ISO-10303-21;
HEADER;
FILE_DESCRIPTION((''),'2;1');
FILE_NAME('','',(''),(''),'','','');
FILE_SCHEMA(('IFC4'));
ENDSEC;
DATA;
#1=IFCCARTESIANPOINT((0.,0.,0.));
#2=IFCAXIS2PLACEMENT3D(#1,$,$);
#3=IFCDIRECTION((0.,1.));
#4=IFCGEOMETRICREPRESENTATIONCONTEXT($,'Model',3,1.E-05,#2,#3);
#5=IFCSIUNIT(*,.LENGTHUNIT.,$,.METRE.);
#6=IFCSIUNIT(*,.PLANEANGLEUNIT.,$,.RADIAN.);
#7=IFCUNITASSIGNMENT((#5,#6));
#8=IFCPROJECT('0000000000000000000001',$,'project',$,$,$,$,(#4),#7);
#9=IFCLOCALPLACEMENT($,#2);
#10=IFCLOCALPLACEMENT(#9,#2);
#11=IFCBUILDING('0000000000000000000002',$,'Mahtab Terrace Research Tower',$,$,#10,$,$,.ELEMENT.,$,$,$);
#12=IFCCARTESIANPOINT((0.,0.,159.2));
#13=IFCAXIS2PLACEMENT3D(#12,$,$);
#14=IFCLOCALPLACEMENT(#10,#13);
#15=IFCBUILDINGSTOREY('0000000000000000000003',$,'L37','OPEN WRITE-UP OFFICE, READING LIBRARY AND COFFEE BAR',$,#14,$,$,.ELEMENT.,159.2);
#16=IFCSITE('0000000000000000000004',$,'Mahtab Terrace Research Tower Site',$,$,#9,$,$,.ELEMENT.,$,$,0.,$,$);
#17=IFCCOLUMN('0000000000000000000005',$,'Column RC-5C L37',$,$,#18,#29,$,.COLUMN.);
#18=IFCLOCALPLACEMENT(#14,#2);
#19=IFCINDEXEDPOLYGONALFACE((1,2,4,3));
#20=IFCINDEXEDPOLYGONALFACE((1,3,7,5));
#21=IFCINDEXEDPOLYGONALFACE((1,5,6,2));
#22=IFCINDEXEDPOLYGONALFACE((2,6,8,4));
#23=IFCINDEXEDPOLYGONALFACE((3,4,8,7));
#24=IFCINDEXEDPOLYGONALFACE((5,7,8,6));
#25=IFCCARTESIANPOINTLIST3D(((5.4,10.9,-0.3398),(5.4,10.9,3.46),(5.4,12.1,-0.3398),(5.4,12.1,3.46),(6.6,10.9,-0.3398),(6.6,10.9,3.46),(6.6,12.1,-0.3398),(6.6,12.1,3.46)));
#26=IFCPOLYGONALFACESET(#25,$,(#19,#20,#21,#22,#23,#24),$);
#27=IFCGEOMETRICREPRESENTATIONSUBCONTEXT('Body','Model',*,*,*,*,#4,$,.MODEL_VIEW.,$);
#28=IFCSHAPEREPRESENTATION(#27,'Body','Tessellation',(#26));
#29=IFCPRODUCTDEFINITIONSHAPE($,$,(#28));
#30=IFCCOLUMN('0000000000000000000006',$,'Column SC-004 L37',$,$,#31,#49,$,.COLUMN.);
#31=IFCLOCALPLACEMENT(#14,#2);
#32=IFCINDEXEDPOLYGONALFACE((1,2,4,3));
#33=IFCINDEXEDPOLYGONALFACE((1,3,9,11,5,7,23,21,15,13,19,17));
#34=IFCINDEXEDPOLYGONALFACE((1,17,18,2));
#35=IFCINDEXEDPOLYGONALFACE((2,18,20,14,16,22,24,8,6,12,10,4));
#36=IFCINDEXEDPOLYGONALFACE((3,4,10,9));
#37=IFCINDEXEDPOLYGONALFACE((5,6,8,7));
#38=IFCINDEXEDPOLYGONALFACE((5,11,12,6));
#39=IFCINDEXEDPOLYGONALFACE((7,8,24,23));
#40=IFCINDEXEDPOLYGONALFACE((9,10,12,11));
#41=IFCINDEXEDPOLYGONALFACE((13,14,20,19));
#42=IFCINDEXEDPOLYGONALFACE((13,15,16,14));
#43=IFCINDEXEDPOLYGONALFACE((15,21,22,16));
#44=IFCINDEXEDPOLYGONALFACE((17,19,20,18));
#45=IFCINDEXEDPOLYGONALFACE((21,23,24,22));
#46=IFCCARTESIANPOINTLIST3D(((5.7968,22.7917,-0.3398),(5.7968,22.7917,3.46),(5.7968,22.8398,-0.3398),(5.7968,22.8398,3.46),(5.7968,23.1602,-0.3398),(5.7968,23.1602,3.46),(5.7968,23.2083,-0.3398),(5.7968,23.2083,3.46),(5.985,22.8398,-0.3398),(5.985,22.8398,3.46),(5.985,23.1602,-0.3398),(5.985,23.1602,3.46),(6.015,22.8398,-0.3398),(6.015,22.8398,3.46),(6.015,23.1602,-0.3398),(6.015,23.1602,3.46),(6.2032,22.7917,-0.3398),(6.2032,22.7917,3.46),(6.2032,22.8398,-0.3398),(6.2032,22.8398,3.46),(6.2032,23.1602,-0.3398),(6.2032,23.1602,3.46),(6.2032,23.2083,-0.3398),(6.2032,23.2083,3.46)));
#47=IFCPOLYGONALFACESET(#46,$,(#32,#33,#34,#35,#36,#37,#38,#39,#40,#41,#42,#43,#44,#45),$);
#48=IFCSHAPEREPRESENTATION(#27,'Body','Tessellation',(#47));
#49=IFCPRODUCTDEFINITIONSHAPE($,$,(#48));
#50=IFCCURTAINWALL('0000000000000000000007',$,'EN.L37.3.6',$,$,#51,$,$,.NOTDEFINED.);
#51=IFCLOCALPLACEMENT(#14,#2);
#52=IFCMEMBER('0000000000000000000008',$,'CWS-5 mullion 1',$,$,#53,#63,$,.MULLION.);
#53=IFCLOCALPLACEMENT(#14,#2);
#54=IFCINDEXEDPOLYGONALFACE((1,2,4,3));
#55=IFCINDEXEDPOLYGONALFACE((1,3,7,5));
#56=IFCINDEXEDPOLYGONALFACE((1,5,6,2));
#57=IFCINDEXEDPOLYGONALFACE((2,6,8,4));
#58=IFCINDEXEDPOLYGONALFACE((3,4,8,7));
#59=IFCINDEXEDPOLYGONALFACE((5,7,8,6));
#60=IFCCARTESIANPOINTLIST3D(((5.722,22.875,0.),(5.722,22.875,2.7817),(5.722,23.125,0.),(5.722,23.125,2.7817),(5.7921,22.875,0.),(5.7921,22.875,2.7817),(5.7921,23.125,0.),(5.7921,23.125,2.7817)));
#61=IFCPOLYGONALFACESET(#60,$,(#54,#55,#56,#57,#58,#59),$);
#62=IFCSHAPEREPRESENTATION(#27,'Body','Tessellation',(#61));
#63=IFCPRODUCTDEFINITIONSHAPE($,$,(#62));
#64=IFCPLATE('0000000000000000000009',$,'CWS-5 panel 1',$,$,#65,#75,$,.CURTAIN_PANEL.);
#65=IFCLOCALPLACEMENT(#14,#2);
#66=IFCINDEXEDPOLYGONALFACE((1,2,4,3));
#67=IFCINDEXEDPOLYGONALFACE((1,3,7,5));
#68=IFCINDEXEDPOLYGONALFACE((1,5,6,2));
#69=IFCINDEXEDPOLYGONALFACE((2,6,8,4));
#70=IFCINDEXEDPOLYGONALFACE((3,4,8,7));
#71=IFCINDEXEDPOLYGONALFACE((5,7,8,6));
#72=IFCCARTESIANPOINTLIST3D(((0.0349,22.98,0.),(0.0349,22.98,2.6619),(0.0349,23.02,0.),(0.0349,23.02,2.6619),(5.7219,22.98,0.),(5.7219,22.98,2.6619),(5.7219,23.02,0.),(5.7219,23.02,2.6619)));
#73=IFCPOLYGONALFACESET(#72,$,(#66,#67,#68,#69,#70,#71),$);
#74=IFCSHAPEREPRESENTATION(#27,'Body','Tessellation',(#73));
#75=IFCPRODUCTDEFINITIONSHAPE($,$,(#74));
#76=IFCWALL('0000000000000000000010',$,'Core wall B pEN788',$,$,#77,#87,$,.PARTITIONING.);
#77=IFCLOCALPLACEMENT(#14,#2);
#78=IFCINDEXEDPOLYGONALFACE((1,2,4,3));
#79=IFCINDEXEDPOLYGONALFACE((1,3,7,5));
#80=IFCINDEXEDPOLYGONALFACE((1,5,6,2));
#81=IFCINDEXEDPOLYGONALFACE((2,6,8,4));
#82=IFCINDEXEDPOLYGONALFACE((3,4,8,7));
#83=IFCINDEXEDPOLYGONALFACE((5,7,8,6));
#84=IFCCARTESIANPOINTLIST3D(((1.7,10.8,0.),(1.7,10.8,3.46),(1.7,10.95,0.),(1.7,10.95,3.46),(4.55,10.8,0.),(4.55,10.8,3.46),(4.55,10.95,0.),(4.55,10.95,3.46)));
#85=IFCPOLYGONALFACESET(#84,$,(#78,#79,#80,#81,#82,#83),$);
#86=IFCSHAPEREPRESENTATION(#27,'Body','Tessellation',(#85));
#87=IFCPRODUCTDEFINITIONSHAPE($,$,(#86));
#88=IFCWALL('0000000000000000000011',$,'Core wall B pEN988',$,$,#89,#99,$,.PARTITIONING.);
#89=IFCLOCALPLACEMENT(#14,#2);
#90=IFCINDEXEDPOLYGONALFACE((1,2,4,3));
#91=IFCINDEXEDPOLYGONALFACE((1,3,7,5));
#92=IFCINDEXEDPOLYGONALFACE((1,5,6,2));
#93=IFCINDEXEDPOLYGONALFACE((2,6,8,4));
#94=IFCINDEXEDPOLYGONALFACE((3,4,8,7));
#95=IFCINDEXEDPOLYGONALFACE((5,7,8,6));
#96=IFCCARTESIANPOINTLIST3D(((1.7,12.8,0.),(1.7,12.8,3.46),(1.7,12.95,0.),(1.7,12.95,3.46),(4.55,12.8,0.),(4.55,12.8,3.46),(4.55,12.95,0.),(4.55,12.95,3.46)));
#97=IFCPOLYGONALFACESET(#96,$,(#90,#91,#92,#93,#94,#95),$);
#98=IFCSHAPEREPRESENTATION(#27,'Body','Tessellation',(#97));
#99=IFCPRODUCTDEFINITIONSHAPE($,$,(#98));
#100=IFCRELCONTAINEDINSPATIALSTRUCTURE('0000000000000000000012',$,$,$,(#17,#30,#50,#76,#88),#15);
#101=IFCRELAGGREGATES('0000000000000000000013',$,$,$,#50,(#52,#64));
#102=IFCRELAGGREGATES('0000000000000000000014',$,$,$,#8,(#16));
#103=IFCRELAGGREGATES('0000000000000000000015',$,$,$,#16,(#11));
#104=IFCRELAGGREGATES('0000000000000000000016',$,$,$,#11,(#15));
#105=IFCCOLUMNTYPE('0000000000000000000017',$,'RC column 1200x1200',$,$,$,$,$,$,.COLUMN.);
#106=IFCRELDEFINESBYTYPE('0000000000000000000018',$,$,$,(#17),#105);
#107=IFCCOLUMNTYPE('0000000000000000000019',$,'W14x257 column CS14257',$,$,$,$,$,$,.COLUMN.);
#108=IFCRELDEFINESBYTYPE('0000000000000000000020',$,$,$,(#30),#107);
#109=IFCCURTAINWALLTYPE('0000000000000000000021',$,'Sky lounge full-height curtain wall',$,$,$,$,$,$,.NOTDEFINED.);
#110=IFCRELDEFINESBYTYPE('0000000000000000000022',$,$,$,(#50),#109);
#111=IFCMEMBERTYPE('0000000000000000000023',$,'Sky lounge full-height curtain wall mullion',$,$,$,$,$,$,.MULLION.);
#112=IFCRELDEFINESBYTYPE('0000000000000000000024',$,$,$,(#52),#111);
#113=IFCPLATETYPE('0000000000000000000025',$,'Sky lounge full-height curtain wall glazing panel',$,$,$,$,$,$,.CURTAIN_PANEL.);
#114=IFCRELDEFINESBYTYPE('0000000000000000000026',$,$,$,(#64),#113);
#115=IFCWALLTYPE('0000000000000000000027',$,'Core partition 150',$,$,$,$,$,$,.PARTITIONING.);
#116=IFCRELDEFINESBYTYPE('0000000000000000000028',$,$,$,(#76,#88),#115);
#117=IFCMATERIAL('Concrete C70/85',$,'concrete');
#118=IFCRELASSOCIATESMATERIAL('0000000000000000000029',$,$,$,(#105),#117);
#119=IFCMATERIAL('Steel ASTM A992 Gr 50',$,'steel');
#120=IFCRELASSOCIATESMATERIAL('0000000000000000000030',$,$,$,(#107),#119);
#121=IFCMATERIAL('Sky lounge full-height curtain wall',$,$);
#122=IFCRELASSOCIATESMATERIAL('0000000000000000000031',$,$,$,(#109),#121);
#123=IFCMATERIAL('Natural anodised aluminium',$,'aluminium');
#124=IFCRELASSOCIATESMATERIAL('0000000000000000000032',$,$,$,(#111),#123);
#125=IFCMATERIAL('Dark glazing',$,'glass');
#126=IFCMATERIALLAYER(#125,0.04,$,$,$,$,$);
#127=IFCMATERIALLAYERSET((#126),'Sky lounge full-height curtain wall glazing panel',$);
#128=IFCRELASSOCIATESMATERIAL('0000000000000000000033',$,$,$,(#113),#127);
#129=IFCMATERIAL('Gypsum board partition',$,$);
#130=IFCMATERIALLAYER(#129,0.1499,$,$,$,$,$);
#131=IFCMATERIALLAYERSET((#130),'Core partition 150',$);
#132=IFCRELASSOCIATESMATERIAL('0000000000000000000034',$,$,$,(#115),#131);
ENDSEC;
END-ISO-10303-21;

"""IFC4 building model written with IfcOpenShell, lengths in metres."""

from ifc_helpers import new_model, si_unit, direction, frame, frame_2d, origin, origin_2d, place, context, subcontext, project, spatial, rectangle, i_section, extrude, material, layer, layer_set, material_profile, profile_set, type_object, element, aggregate, save


model = new_model("IFC4")

# Units and contexts
model_context = context("Model", 3, precision=1e-05, world=origin(), true_north=direction((0.0, 1.0)))
body_context = subcontext(model_context, "Body", "Model", "MODEL_VIEW")
ifc_project = project(units=[si_unit("LENGTHUNIT", "METRE"), si_unit("PLANEANGLEUNIT", "RADIAN")], contexts=[model_context])

# Site, building, storey
site_placement = place(None, origin())
site = spatial("IfcSite", under=ifc_project, at=site_placement, Name="Mahtab Terrace Research Tower Site", CompositionType="ELEMENT", RefElevation=0.0)
building_placement = place(site_placement, origin())
building = spatial("IfcBuilding", under=site, at=building_placement, Name="Mahtab Terrace Research Tower", CompositionType="ELEMENT")
storey_placement = place(building_placement, frame((0.0, 0.0, 159.2)))
storey = spatial("IfcBuildingStorey", under=building, at=storey_placement, Name="L37", Description="OPEN WRITE-UP OFFICE, READING LIBRARY AND COFFEE BAR", CompositionType="ELEMENT", Elevation=159.2)

# Columns
ifc_material_1 = material(Name="Concrete C70/85", Category="concrete")
ifc_material_profile_1 = material_profile(ifc_material_1, rectangle(XDim=1.2, YDim=1.2, at=origin_2d()), Name="RC column 1200x1200")
ifc_profile_set_1 = profile_set([ifc_material_profile_1], Name="Concrete C70/85")
column_type_1 = type_object("IfcColumnType", Name="RC column 1200x1200", PredefinedType="COLUMN", material=ifc_profile_set_1)
column_1_placement = place(storey_placement, frame((6.0, 11.5, -0.3398), z_axis=(0.0, 0.0, 1.0), x_axis=(1.0, 0.0, 0.0)))
element("IfcColumn", 1, at=column_1_placement, inside=storey, type_object=column_type_1, Name="Column RC-5C L37", PredefinedType="COLUMN", context=body_context, shape_type="SweptSolid", body=[
    extrude(rectangle(XDim=1.2, YDim=1.2, at=origin_2d()), origin(), (0.0, 0.0, 1.0), 3.7998),
])
ifc_material_2 = material(Name="Steel ASTM A992 Gr 50", Category="steel")
ifc_material_profile_2 = material_profile(ifc_material_2, i_section(OverallWidth=0.4065, OverallDepth=0.4165, WebThickness=0.03, FlangeThickness=0.0481, at=origin_2d()), Name="W14X257")
ifc_profile_set_2 = profile_set([ifc_material_profile_2], Name="Steel ASTM A992 Gr 50")
column_type_2 = type_object("IfcColumnType", Name="W14x257 column CS14257", PredefinedType="COLUMN", material=ifc_profile_set_2)
column_2_placement = place(storey_placement, frame((6.0, 23.0, -0.3398), z_axis=(0.0, 0.0, 1.0), x_axis=(1.0, 0.0, 0.0)))
element("IfcColumn", 2, at=column_2_placement, inside=storey, type_object=column_type_2, Name="Column SC-004 L37", PredefinedType="COLUMN", context=body_context, shape_type="SweptSolid", body=[
    extrude(i_section(OverallWidth=0.4065, OverallDepth=0.4165, WebThickness=0.03, FlangeThickness=0.0481, at=origin_2d()), origin(), (0.0, 0.0, 1.0), 3.7998),
])

# Curtain wall, member, plate
ifc_material_3 = material(Name="Sky lounge full-height curtain wall")
curtain_wall_type = type_object("IfcCurtainWallType", Name="Sky lounge full-height curtain wall", PredefinedType="NOTDEFINED", material=ifc_material_3)
curtain_wall_placement = place(storey_placement, origin())
curtain_wall = element("IfcCurtainWall", 3, at=curtain_wall_placement, inside=storey, type_object=curtain_wall_type, Name="EN.L37.3.6", PredefinedType="NOTDEFINED")
ifc_material_4 = material(Name="Natural anodised aluminium", Category="aluminium")
ifc_material_profile_3 = material_profile(ifc_material_4, rectangle(XDim=0.25, YDim=0.0701, at=origin_2d()), Name="MULLION 70x250")
ifc_profile_set_3 = profile_set([ifc_material_profile_3], Name="Natural anodised aluminium")
member_type = type_object("IfcMemberType", Name="Sky lounge full-height curtain wall mullion", PredefinedType="MULLION", material=ifc_profile_set_3)
member_placement = place(storey_placement, frame((5.7571, 23.0, 0.0), z_axis=(0.0, 0.0, 1.0), x_axis=(0.0, -1.0, 0.0)))
member = element("IfcMember", 4, at=member_placement, type_object=member_type, Name="CWS-5 mullion 1", PredefinedType="MULLION", context=body_context, shape_type="SweptSolid", body=[
    extrude(rectangle(XDim=0.25, YDim=0.0701, at=origin_2d()), origin(), (0.0, 0.0, 1.0), 2.7817),
])
ifc_material_5 = material(Name="Dark glazing", Category="glass")
ifc_layer_1 = layer(ifc_material_5, 0.04)
ifc_layer_set_1 = layer_set([ifc_layer_1], Name="Sky lounge full-height curtain wall glazing panel")
plate_type = type_object("IfcPlateType", Name="Sky lounge full-height curtain wall glazing panel", PredefinedType="CURTAIN_PANEL", material=ifc_layer_set_1)
plate_placement = place(storey_placement, frame((2.8784, 23.0, 0.0), z_axis=(0.0, 0.0, 1.0), x_axis=(-1.0, 0.0, 0.0)))
plate = element("IfcPlate", 5, at=plate_placement, type_object=plate_type, Name="CWS-5 panel 1", PredefinedType="CURTAIN_PANEL", context=body_context, shape_type="SweptSolid", body=[
    extrude(rectangle(XDim=5.687, YDim=0.04, at=origin_2d()), origin(), (0.0, 0.0, 1.0), 2.6619),
])
aggregate(curtain_wall, [member, plate])

# Walls
ifc_material_6 = material(Name="Gypsum board partition")
ifc_layer_2 = layer(ifc_material_6, 0.1499)
ifc_layer_set_2 = layer_set([ifc_layer_2], Name="Core partition 150")
wall_type_1 = type_object("IfcWallType", Name="Core partition 150", PredefinedType="PARTITIONING", material=ifc_layer_set_2)
for number, where, z_axis, x_axis, name in (
    (6, (1.7, 10.875, 0.0), (0.0, 0.0, 1.0), (1.0, 0.0, 0.0), "Core wall B pEN788"),
    (7, (1.7, 12.875, 0.0), (0.0, 0.0, 1.0), (1.0, 0.0, 0.0), "Core wall B pEN988"),
):
    element("IfcWall", number, at=place(storey_placement, frame(where, z_axis=z_axis, x_axis=x_axis)), inside=storey, type_object=wall_type_1, Name=name, PredefinedType="PARTITIONING", context=body_context, shape_type="SweptSolid", body=[
        extrude(rectangle(XDim=2.8501, YDim=0.1499, at=frame_2d((1.425, 0.0))), origin(), (0.0, 0.0, 1.0), 3.46),
    ])

save(model, "model.ifc")
